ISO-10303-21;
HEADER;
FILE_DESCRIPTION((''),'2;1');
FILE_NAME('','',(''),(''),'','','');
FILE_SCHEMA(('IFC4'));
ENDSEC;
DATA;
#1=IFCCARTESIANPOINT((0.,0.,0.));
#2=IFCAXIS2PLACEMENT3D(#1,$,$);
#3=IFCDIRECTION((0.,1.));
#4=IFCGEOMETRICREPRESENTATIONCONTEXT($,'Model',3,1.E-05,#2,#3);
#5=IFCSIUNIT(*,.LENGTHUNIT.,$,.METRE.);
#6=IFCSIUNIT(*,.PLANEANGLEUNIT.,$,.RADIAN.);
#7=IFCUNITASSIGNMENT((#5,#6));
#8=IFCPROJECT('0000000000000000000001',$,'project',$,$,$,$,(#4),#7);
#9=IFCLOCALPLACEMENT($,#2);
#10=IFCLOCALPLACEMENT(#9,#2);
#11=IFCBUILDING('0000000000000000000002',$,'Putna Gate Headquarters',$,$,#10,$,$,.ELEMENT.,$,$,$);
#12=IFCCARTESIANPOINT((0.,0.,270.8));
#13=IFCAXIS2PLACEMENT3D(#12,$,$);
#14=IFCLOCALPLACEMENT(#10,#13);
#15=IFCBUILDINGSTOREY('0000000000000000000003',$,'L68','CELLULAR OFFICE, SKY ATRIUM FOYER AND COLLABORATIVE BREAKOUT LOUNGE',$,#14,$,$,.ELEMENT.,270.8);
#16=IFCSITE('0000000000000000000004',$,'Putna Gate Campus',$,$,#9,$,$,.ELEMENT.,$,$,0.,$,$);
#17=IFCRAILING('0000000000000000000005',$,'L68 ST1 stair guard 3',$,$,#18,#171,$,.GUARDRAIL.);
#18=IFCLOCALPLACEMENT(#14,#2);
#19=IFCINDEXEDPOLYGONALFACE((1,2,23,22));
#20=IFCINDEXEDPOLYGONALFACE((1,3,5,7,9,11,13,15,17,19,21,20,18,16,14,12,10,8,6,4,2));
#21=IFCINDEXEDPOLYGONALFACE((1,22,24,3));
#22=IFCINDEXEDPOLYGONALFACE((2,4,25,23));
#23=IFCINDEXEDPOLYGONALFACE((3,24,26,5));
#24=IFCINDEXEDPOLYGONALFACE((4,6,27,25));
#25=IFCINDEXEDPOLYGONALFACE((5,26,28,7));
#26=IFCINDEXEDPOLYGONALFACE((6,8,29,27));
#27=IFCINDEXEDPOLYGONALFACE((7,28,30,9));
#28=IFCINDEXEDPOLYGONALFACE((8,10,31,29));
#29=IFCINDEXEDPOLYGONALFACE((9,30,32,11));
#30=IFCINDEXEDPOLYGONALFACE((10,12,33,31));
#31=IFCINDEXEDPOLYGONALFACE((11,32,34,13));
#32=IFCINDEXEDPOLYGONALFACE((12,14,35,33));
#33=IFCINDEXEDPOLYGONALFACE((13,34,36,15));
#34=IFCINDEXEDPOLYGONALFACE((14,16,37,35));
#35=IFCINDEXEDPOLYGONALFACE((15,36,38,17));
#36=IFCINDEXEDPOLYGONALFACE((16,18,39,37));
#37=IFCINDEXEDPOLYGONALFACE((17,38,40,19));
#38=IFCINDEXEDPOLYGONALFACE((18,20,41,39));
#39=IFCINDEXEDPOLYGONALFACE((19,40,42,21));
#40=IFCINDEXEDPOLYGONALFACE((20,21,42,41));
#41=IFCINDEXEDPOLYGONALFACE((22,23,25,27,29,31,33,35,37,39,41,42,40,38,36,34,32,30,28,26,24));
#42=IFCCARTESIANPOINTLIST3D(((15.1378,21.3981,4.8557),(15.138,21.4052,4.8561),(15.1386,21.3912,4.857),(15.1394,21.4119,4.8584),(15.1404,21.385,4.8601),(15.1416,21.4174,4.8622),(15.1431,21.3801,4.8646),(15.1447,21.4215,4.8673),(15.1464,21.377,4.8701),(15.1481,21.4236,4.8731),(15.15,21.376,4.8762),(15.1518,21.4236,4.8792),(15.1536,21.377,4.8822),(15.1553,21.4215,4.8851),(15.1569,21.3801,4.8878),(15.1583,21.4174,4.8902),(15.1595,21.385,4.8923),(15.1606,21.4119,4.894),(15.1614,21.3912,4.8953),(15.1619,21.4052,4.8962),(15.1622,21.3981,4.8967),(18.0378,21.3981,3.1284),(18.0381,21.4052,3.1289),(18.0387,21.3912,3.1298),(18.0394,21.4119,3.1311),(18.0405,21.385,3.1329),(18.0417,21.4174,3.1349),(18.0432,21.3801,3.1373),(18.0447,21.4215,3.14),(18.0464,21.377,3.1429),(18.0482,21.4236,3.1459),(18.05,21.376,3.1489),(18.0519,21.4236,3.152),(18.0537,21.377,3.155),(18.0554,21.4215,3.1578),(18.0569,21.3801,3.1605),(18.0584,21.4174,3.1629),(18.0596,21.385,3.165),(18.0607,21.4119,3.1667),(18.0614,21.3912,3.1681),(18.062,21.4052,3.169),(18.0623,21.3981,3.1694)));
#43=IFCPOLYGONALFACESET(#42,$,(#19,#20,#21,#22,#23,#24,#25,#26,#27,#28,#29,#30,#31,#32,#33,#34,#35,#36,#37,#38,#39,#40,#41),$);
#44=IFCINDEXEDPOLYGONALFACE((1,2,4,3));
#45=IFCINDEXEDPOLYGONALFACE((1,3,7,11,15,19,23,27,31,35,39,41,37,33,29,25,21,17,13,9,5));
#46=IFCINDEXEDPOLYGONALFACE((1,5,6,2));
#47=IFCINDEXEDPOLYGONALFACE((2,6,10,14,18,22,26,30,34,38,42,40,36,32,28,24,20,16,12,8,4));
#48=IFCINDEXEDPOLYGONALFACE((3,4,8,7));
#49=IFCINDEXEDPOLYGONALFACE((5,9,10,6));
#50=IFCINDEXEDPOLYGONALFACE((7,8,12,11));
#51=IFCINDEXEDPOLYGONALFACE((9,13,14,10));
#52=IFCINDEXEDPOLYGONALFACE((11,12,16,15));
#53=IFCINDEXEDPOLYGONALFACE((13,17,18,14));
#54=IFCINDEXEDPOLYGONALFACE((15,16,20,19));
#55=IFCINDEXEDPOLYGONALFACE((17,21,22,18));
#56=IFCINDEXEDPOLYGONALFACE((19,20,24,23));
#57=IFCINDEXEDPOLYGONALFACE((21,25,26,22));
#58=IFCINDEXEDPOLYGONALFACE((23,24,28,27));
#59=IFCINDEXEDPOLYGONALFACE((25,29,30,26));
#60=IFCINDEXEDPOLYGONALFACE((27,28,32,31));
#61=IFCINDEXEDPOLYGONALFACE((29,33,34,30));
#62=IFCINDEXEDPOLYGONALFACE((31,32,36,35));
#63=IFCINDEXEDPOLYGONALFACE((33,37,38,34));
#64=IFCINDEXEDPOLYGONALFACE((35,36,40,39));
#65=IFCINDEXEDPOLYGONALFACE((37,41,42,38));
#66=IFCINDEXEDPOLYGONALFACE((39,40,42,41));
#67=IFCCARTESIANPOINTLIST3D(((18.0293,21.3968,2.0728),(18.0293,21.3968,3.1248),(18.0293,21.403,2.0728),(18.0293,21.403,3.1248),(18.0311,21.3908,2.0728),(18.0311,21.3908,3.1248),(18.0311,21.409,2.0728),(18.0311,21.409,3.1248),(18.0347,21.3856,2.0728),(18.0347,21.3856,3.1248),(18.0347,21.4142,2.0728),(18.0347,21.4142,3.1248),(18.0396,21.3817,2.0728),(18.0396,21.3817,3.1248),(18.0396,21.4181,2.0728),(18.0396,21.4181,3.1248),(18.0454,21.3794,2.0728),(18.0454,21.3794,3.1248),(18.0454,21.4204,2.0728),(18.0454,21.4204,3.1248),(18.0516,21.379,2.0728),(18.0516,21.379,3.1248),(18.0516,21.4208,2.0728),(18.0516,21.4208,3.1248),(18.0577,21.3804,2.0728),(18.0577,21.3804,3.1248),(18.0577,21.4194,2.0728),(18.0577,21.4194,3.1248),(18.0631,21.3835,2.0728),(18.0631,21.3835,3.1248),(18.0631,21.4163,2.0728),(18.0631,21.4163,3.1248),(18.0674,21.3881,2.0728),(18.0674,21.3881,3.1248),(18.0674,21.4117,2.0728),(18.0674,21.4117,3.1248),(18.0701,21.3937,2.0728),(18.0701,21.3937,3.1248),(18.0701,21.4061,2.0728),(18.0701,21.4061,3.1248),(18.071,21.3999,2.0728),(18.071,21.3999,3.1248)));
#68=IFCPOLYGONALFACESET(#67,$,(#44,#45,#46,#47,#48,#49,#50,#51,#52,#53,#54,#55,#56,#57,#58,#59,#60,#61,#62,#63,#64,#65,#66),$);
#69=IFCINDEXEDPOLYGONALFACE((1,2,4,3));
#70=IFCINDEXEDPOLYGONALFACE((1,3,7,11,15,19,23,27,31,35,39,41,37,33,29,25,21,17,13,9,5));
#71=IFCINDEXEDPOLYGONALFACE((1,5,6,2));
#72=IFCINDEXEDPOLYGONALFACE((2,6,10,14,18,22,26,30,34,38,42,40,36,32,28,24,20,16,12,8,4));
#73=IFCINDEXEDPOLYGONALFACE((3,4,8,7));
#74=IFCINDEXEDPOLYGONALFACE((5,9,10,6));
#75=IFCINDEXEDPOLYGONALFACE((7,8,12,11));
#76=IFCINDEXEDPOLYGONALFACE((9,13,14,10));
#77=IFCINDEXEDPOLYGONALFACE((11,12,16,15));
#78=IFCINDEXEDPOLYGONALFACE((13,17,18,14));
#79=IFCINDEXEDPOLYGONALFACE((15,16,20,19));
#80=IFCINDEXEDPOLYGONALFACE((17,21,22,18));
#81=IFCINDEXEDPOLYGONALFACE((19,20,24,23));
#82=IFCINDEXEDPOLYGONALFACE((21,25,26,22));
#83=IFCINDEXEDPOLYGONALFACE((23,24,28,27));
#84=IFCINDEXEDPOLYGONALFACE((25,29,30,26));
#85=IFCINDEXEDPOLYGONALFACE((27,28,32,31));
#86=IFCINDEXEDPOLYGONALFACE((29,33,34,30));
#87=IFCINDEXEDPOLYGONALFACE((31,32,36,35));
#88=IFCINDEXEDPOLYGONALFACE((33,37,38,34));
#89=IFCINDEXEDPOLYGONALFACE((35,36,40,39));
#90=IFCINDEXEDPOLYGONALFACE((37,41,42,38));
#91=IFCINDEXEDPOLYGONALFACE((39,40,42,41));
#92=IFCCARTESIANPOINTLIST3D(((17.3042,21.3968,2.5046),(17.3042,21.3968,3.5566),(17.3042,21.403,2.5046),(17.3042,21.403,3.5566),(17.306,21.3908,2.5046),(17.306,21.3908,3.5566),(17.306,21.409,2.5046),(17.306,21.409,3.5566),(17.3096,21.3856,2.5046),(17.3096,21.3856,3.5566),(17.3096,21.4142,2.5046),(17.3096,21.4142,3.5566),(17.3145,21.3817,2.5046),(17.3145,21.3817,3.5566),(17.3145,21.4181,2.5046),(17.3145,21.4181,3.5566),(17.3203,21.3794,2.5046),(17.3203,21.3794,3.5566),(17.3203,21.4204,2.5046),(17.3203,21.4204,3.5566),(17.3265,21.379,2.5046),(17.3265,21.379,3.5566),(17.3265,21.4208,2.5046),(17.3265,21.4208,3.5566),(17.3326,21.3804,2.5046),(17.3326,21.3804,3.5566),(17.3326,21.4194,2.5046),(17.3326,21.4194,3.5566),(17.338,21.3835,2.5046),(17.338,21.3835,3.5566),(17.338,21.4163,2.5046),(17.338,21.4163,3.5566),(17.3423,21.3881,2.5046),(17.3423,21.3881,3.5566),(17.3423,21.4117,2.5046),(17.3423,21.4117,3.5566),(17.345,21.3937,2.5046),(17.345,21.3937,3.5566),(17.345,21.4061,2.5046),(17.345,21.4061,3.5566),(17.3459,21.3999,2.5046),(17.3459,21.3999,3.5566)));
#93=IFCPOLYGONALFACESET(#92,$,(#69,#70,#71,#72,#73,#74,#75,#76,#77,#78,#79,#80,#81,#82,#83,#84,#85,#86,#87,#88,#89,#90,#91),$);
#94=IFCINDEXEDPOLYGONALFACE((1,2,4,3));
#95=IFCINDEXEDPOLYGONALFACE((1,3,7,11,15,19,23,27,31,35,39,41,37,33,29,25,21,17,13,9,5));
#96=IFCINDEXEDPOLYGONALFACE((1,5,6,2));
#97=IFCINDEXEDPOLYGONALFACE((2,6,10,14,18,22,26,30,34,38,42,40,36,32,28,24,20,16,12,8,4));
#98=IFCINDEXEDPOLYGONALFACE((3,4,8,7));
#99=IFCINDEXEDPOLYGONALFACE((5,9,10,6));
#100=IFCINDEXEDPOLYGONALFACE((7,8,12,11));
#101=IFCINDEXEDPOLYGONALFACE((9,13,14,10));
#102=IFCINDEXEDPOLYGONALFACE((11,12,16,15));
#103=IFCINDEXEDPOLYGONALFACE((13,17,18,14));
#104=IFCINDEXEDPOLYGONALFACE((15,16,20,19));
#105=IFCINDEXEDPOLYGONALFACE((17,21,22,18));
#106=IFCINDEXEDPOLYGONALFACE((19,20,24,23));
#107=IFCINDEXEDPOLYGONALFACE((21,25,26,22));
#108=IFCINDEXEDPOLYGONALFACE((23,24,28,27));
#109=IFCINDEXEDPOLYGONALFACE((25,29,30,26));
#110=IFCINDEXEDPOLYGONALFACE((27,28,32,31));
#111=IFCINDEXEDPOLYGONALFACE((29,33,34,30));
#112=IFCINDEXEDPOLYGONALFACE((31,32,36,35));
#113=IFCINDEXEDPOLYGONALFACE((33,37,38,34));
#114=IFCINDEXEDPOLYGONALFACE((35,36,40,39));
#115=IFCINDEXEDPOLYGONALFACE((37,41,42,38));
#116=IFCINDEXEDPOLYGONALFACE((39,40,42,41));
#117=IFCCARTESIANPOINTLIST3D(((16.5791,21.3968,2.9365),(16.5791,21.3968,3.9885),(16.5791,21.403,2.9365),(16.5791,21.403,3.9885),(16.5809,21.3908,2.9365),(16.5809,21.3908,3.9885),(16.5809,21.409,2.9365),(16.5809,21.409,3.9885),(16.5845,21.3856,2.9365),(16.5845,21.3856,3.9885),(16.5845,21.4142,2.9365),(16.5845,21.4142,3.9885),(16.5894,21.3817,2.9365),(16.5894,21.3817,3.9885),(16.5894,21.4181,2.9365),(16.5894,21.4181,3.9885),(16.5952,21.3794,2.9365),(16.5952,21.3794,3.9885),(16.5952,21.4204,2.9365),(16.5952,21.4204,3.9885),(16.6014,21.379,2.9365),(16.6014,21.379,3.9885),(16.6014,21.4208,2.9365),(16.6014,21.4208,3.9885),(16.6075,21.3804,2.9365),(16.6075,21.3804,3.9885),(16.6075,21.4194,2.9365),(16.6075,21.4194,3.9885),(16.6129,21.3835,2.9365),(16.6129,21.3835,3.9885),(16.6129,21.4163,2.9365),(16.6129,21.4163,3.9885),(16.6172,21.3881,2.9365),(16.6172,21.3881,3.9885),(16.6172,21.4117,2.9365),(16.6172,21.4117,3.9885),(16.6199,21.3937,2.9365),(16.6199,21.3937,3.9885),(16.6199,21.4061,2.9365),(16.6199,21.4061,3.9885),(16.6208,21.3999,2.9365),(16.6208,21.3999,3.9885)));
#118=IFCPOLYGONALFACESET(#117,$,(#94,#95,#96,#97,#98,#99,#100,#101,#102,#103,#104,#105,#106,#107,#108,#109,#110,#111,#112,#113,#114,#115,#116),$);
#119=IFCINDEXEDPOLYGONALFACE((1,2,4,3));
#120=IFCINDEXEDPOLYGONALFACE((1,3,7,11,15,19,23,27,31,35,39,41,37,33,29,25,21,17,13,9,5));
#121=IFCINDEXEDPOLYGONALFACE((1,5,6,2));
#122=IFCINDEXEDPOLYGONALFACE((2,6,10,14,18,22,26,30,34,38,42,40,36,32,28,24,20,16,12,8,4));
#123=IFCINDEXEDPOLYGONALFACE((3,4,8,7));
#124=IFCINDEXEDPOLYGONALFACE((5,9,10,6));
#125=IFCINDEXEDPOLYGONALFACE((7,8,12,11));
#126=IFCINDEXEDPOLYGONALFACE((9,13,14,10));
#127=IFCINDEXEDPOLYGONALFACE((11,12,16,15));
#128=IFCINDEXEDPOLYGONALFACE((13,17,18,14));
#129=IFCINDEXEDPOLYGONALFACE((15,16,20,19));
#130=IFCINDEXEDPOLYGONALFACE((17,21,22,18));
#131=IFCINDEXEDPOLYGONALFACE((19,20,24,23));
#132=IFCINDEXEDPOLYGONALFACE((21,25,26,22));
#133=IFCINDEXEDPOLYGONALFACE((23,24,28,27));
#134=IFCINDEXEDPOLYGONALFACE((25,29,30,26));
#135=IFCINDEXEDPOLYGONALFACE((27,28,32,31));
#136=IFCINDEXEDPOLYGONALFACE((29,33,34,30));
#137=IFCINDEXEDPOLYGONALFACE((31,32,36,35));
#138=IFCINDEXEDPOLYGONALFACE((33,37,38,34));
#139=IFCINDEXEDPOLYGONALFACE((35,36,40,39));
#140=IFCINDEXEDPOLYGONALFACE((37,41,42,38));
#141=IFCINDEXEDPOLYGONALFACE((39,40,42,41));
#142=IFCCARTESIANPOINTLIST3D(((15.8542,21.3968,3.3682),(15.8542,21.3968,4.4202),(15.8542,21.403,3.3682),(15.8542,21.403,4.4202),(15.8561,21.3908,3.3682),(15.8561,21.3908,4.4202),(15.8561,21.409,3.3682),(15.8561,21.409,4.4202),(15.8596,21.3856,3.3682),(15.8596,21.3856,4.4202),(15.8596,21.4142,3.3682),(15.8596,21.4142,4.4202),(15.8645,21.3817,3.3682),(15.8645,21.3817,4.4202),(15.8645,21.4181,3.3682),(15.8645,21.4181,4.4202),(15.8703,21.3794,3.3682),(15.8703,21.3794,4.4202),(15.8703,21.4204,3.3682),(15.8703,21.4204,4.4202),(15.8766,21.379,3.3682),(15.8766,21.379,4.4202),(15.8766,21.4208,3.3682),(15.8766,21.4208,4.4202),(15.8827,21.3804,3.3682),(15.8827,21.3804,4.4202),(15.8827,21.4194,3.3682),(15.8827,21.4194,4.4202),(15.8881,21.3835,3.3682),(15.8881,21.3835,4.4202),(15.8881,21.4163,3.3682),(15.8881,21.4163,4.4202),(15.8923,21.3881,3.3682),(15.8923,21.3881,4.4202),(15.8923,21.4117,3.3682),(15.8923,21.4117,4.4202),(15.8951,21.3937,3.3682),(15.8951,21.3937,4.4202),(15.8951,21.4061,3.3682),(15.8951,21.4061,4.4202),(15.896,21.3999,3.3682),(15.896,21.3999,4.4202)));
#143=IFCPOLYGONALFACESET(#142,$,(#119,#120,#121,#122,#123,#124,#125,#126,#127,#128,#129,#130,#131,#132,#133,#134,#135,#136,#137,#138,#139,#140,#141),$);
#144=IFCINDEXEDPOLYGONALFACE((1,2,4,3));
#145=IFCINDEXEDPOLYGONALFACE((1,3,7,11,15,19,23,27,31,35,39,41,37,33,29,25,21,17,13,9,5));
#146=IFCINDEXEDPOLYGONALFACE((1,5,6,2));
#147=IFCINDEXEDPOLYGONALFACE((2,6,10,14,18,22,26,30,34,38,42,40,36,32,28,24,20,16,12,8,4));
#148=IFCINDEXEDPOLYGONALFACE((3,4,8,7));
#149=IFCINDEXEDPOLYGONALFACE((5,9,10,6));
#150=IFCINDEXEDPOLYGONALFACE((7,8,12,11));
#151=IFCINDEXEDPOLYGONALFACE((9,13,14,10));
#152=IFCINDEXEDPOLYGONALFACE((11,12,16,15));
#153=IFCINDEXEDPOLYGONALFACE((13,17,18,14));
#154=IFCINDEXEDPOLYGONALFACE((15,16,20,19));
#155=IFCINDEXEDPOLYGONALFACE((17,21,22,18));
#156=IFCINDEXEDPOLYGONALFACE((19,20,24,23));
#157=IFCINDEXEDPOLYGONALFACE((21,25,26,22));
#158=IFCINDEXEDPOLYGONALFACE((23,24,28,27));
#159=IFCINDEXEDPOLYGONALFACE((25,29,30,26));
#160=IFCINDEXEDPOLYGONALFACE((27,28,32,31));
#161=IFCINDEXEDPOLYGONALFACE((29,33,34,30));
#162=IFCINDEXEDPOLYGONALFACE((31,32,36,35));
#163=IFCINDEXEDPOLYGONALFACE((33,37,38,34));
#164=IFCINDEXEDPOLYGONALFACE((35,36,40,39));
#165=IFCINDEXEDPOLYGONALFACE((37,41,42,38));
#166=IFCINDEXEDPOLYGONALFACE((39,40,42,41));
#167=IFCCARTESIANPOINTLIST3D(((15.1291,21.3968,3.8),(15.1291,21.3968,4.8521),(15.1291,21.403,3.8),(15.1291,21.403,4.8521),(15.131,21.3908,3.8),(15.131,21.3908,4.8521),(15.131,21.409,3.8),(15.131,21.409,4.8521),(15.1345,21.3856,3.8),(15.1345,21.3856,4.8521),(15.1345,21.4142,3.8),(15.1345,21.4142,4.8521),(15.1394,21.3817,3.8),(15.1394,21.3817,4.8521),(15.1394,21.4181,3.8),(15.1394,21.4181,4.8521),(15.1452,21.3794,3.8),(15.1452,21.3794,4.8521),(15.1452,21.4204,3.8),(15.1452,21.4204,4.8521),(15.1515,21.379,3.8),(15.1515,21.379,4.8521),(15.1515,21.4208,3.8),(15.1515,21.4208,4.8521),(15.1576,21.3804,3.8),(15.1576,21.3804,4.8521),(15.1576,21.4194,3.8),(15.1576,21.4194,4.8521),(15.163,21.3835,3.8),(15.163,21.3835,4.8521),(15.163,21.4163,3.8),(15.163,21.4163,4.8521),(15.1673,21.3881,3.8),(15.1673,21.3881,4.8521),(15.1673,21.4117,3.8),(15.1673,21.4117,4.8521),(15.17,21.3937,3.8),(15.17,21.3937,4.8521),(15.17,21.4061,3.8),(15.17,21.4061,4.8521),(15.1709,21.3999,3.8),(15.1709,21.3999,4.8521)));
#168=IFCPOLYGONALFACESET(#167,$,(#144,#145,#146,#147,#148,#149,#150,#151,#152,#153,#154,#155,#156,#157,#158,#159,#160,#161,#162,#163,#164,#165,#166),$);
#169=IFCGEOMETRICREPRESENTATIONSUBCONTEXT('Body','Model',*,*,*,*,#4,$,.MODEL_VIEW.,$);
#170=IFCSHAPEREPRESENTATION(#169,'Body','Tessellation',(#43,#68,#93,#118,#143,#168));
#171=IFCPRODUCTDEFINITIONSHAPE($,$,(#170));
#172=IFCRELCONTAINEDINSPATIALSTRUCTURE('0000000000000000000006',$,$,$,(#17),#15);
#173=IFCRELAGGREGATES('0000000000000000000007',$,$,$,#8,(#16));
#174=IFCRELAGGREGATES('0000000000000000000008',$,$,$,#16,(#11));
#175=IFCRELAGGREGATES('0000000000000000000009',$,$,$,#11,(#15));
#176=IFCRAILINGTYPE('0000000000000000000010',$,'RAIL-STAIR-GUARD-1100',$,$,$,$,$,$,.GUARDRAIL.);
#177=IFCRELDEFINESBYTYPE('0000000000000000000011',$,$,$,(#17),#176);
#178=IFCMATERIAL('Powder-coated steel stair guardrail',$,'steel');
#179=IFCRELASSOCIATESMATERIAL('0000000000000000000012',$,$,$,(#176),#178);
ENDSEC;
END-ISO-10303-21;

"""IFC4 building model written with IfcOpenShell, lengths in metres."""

from ifc_helpers import new_model, si_unit, direction, frame, origin, origin_2d, place, context, subcontext, project, spatial, circle, extrude, material, type_object, element, save


model = new_model("IFC4")

# Units and contexts
model_context = context("Model", 3, precision=1e-05, world=origin(), true_north=direction((0.0, 1.0)))
body_context = subcontext(model_context, "Body", "Model", "MODEL_VIEW")
ifc_project = project(units=[si_unit("LENGTHUNIT", "METRE"), si_unit("PLANEANGLEUNIT", "RADIAN")], contexts=[model_context])

# Site, building, storey
site_placement = place(None, origin())
site = spatial("IfcSite", under=ifc_project, at=site_placement, Name="Putna Gate Campus", CompositionType="ELEMENT", RefElevation=0.0)
building_placement = place(site_placement, origin())
building = spatial("IfcBuilding", under=site, at=building_placement, Name="Putna Gate Headquarters", CompositionType="ELEMENT")
storey_placement = place(building_placement, frame((0.0, 0.0, 270.8)))
storey = spatial("IfcBuildingStorey", under=building, at=storey_placement, Name="L68", Description="CELLULAR OFFICE, SKY ATRIUM FOYER AND COLLABORATIVE BREAKOUT LOUNGE", CompositionType="ELEMENT", Elevation=270.8)

# Railing
ifc_material_1 = material(Name="Powder-coated steel stair guardrail", Category="steel")
railing_type_1 = type_object("IfcRailingType", Name="RAIL-STAIR-GUARD-1100", PredefinedType="GUARDRAIL", material=ifc_material_1)
railing_1_placement = place(storey_placement, frame((18.05, 21.3999, 2.0728)))
element("IfcRailing", 1, at=railing_1_placement, inside=storey, type_object=railing_type_1, Name="L68 ST1 stair guard 3", PredefinedType="GUARDRAIL", context=body_context, shape_type="SweptSolid", body=[
    extrude(circle(Radius=0.0239, at=origin_2d()), frame((0.0, 0.0, 1.0762), z_axis=(-0.85916, 0.0, 0.511706), x_axis=(0.0, -1.0, 0.0)), (0.0, 0.0, 1.0), 3.3755),
    extrude(circle(Radius=0.021, at=origin_2d()), origin(), (0.0, 0.0, 1.0), 1.052),
    extrude(circle(Radius=0.021, at=origin_2d()), frame((-0.7251, 0.0, 0.4319)), (0.0, 0.0, 1.0), 1.052),
    extrude(circle(Radius=0.021, at=origin_2d()), frame((-1.4502, 0.0, 0.8638)), (0.0, 0.0, 1.0), 1.052),
    extrude(circle(Radius=0.021, at=origin_2d()), frame((-2.175, 0.0, 1.2954)), (0.0, 0.0, 1.0), 1.052),
    extrude(circle(Radius=0.021, at=origin_2d()), frame((-2.9001, 0.0, 1.7273)), (0.0, 0.0, 1.0), 1.052),
])

save(model, "model.ifc")
